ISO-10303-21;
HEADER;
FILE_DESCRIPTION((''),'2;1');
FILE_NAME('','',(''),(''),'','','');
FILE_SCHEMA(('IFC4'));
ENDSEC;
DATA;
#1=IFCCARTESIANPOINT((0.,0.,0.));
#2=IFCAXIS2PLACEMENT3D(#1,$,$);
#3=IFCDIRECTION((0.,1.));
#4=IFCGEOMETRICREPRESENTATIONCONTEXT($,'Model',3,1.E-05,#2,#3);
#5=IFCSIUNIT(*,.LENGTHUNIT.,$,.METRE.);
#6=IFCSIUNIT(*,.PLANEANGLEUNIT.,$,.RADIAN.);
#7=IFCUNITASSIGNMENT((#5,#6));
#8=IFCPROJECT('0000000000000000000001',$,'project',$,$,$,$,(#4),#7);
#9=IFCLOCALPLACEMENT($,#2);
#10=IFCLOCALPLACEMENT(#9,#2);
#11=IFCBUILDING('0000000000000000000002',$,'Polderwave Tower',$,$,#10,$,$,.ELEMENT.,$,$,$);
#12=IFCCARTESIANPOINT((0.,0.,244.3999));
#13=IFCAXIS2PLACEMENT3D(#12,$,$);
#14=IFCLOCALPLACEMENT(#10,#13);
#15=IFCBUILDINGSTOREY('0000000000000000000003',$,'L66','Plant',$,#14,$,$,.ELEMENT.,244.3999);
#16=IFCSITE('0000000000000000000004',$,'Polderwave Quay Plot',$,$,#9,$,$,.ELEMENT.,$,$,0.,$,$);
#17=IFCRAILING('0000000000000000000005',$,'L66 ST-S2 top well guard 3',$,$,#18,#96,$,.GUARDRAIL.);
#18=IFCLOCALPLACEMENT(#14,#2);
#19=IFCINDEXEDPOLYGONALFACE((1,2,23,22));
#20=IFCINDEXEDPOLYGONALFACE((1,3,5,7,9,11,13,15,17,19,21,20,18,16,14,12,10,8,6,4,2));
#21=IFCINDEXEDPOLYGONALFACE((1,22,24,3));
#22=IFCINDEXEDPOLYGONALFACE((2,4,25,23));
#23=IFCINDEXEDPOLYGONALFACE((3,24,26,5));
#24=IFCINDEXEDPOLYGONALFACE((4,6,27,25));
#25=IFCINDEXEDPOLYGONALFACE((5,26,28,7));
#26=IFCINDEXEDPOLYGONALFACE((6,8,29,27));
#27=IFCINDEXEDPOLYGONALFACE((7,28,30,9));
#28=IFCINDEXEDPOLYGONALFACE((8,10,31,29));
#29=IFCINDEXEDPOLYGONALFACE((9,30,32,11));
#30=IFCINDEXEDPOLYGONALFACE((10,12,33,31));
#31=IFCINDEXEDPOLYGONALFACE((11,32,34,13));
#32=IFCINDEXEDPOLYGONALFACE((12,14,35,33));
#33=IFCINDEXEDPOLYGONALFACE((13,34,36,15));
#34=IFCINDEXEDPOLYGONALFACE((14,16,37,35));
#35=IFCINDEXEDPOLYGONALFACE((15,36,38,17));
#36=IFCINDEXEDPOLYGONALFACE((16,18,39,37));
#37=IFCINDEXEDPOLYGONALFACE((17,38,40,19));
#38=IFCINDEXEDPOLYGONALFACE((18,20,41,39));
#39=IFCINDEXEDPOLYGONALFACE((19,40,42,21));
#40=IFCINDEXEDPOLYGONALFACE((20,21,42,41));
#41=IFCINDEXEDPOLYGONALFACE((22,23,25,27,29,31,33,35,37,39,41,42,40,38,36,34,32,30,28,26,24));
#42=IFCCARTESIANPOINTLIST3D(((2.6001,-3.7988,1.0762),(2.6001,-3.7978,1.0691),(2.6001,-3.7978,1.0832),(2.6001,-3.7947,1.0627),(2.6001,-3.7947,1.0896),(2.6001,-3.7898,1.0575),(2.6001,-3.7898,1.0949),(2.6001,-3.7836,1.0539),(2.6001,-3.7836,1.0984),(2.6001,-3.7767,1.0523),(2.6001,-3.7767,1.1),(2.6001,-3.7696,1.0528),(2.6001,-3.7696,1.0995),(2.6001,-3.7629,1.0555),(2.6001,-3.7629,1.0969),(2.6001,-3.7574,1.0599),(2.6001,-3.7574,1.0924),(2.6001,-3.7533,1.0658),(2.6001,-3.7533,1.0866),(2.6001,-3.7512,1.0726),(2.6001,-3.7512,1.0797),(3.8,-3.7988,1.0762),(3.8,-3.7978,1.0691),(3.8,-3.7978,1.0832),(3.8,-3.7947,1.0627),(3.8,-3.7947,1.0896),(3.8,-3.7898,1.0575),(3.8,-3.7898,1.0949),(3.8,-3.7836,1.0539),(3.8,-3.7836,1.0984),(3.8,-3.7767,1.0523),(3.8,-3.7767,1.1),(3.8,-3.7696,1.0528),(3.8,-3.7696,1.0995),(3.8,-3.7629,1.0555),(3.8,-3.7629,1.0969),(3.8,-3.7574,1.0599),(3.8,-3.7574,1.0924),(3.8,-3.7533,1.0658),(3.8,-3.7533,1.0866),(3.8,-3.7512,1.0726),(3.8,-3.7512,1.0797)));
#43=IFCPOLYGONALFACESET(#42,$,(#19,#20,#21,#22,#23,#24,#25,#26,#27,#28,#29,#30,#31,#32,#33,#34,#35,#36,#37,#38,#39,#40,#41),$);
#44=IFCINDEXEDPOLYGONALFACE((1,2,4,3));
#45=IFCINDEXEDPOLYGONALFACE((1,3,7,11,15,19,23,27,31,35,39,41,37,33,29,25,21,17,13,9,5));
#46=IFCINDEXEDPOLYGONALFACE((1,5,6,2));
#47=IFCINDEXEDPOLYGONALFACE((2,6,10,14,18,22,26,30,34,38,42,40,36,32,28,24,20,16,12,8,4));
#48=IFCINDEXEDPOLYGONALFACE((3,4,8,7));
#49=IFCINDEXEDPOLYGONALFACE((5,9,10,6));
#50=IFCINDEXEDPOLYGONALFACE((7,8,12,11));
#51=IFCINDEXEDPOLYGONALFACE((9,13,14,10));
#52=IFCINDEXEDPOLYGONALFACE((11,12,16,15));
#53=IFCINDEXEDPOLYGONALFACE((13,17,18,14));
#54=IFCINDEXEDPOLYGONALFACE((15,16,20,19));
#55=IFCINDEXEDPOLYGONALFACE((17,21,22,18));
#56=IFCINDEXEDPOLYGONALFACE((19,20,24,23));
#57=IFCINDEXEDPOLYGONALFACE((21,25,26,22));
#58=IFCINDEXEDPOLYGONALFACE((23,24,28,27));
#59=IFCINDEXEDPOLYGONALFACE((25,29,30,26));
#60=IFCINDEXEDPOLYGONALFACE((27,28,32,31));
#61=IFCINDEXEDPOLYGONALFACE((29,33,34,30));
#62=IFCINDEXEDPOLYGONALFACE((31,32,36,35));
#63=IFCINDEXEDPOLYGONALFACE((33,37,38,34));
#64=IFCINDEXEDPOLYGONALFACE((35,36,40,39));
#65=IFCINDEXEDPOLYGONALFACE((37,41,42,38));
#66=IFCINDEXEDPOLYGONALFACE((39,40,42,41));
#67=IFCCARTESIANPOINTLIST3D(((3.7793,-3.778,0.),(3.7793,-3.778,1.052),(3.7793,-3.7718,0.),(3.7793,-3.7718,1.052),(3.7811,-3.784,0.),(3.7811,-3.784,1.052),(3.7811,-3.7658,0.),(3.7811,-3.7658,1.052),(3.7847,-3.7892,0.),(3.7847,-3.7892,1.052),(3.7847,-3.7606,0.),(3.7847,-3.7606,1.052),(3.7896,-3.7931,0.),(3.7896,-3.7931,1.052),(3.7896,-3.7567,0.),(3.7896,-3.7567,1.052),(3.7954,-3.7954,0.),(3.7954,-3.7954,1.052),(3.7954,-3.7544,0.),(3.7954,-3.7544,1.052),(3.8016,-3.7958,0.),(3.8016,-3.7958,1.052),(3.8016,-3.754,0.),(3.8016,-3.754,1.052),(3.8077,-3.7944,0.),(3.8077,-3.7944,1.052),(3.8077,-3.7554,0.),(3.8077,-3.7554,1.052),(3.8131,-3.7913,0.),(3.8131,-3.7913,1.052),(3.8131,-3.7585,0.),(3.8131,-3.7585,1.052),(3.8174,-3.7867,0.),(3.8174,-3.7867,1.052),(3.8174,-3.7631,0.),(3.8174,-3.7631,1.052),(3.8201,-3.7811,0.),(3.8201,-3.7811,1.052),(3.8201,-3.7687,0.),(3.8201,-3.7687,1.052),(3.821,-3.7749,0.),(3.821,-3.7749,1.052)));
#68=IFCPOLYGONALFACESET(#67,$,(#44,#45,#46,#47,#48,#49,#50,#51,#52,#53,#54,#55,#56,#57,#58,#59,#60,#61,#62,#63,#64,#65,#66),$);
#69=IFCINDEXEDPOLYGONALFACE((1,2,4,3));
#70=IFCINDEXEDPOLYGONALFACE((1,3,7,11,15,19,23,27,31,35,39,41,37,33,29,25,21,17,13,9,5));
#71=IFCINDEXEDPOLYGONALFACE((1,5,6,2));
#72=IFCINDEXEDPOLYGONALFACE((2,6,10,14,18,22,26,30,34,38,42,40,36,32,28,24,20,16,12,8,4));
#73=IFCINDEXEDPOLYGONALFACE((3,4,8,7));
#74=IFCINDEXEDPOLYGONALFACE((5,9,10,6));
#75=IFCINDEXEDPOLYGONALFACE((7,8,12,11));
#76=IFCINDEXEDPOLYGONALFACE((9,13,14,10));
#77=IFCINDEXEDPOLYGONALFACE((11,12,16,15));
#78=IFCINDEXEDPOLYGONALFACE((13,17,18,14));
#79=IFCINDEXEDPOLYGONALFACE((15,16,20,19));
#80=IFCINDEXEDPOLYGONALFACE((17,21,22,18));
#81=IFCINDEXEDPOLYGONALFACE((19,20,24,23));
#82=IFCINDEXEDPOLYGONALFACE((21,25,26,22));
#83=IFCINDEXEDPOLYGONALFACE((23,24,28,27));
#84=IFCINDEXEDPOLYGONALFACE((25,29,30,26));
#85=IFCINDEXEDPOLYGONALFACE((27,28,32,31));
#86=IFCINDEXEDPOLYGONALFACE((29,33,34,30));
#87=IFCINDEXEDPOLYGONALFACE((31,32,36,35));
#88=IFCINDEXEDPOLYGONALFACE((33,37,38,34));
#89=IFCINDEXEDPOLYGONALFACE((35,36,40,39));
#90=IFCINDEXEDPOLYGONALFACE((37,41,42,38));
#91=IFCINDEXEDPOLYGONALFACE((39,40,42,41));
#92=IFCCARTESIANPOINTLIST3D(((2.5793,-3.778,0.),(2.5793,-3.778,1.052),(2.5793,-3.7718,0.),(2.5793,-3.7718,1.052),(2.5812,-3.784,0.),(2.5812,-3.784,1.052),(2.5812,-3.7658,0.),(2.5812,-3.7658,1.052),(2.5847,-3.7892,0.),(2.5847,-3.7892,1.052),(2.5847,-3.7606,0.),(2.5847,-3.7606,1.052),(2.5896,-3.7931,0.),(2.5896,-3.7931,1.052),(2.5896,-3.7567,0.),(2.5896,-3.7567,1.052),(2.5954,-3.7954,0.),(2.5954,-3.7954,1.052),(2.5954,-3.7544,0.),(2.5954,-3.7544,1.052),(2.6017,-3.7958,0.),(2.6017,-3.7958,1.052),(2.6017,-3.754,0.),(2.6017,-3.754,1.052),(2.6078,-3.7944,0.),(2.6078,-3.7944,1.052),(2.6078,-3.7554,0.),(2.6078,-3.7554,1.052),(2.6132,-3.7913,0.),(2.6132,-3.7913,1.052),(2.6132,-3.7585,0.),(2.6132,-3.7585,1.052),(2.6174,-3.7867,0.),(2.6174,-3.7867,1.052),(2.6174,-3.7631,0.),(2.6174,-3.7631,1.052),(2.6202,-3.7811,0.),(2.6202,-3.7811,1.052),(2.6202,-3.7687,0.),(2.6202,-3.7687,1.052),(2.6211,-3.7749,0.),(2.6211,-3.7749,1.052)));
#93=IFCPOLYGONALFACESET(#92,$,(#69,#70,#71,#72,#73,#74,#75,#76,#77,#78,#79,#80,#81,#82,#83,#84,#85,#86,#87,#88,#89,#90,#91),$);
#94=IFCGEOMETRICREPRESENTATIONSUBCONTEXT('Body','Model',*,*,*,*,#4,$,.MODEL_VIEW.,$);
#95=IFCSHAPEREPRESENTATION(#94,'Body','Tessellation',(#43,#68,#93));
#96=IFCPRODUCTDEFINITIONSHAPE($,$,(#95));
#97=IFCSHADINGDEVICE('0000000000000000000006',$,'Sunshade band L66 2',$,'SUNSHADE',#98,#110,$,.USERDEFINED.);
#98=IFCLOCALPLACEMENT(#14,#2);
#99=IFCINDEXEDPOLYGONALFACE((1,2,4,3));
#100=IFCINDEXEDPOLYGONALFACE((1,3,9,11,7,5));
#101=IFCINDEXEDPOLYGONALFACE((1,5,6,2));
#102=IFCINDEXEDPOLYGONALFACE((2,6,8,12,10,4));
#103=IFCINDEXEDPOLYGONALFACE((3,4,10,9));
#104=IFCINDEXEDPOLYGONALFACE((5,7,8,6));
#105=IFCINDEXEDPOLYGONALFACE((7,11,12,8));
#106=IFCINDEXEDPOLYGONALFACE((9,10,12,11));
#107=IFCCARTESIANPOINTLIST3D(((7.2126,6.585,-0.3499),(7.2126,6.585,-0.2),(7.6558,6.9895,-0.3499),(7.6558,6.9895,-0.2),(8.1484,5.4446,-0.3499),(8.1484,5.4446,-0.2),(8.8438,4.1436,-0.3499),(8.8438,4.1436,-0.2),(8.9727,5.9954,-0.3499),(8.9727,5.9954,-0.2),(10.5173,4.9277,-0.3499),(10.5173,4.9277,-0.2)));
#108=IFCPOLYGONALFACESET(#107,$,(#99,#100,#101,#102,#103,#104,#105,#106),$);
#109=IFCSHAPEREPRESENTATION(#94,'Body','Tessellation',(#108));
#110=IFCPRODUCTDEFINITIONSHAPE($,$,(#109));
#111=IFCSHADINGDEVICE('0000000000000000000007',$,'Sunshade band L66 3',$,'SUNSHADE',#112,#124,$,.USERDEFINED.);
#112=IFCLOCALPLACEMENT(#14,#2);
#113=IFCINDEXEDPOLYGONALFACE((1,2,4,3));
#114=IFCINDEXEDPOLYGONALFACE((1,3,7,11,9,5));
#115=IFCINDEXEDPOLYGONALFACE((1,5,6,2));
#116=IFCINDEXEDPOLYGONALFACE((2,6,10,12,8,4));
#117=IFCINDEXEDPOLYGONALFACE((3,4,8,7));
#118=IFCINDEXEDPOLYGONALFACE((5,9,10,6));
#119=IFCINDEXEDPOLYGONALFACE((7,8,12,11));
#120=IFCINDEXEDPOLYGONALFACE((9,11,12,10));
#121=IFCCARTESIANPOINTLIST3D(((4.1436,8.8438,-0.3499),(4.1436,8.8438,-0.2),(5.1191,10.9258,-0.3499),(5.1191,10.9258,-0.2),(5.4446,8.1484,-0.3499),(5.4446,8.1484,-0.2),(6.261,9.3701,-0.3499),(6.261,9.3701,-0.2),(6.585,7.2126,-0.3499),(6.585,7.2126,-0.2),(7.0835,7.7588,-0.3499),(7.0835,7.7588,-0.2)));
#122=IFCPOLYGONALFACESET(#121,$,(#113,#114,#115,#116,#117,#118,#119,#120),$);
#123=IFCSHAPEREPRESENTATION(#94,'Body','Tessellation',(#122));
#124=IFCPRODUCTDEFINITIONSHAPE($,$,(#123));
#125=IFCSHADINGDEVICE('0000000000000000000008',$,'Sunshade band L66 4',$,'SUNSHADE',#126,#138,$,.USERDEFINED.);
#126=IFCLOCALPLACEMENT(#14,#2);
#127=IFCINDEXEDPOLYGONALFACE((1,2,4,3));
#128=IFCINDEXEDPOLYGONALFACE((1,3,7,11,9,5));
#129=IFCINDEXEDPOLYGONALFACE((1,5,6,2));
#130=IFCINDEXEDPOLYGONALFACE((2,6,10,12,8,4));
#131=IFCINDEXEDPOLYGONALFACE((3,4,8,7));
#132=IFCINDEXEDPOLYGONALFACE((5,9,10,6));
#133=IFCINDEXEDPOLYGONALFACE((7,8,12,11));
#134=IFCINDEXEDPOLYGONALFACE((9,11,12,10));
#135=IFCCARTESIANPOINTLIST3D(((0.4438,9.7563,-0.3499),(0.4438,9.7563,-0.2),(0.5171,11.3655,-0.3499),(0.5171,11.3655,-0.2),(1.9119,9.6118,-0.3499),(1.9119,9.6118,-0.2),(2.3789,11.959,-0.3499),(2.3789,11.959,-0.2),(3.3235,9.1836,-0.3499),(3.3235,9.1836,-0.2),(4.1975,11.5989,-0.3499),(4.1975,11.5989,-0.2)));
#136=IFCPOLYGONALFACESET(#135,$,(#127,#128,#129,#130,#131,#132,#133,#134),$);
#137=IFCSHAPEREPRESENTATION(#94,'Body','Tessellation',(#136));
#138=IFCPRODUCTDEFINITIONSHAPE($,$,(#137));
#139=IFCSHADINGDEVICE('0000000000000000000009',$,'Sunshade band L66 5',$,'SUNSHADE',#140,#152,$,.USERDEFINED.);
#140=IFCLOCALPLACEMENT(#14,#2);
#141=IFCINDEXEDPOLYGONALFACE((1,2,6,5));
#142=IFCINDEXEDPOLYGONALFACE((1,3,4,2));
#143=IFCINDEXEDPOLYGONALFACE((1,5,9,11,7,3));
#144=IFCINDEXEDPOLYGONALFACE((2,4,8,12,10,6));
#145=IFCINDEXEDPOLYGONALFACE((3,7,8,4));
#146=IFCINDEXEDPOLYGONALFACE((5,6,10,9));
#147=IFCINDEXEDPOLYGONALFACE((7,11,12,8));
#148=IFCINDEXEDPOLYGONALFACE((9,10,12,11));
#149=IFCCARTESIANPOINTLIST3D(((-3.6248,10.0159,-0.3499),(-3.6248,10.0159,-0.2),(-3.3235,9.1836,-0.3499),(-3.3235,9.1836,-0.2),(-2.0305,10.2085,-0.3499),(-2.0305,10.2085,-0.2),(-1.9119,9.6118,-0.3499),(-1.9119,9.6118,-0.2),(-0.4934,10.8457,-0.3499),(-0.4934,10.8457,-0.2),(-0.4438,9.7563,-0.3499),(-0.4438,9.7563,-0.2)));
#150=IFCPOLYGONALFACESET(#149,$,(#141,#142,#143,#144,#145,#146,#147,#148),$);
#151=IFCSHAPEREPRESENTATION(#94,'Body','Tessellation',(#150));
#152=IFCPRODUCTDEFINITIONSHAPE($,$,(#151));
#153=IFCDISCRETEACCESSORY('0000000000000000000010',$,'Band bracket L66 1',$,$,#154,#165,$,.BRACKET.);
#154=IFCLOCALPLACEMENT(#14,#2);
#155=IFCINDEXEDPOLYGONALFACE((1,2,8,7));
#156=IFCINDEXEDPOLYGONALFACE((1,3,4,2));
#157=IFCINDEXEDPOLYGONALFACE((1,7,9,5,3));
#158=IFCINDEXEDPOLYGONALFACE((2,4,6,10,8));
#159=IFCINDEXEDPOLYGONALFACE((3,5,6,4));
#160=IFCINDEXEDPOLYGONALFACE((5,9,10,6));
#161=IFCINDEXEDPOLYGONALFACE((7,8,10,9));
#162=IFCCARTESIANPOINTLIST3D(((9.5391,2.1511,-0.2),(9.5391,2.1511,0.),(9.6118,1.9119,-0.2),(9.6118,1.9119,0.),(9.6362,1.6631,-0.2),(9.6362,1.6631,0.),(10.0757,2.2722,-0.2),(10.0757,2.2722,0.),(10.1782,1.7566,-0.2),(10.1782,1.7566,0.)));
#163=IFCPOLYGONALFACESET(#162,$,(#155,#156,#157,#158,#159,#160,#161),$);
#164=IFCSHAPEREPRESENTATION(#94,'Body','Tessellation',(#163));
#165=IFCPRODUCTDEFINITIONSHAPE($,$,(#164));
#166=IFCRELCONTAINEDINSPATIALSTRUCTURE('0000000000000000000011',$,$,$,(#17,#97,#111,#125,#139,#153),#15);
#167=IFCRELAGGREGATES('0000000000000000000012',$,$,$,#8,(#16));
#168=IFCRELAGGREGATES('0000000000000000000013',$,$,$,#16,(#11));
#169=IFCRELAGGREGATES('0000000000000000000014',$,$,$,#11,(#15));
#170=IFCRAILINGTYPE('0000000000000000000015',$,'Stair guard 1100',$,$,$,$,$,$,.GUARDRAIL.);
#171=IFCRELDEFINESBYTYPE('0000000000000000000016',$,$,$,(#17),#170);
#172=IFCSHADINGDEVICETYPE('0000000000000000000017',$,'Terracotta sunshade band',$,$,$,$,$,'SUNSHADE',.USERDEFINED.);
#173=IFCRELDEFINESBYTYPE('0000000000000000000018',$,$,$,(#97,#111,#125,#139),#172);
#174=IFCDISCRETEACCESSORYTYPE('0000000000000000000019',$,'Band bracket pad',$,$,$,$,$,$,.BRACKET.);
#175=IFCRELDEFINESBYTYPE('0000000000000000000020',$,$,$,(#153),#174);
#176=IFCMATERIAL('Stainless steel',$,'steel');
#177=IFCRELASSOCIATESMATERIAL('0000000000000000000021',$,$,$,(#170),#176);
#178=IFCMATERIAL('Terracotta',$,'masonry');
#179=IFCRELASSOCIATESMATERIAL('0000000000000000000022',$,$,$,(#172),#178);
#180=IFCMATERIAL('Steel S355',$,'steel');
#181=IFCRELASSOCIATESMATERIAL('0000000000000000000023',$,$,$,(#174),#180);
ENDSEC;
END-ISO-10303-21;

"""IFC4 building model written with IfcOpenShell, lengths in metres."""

from ifc_helpers import new_model, si_unit, direction, frame, origin, origin_2d, place, context, subcontext, project, spatial, polyline, circle, outline, extrude, material, type_object, element, save


model = new_model("IFC4")

# Units and contexts
model_context = context("Model", 3, precision=1e-05, world=origin(), true_north=direction((0.0, 1.0)))
body_context = subcontext(model_context, "Body", "Model", "MODEL_VIEW")
ifc_project = project(units=[si_unit("LENGTHUNIT", "METRE"), si_unit("PLANEANGLEUNIT", "RADIAN")], contexts=[model_context])

# Site, building, storey
site_placement = place(None, origin())
site = spatial("IfcSite", under=ifc_project, at=site_placement, Name="Polderwave Quay Plot", CompositionType="ELEMENT", RefElevation=0.0)
building_placement = place(site_placement, origin())
building = spatial("IfcBuilding", under=site, at=building_placement, Name="Polderwave Tower", CompositionType="ELEMENT")
storey_placement = place(building_placement, frame((0.0, 0.0, 244.3999)))
storey = spatial("IfcBuildingStorey", under=building, at=storey_placement, Name="L66", Description="Plant", CompositionType="ELEMENT", Elevation=244.3999)

# Railing
ifc_material_1 = material(Name="Stainless steel", Category="steel")
railing_type = type_object("IfcRailingType", Name="Stair guard 1100", PredefinedType="GUARDRAIL", material=ifc_material_1)
railing_1_placement = place(storey_placement, frame((3.8, -3.7749, 0.0)))
element("IfcRailing", 1, at=railing_1_placement, inside=storey, type_object=railing_type, Name="L66 ST-S2 top well guard 3", PredefinedType="GUARDRAIL", context=body_context, shape_type="SweptSolid", body=[
    extrude(circle(Radius=0.0239, at=origin_2d()), frame((0.0, 0.0, 1.0762), z_axis=(-1.0, 0.0, 0.0), x_axis=(0.0, -1.0, 0.0)), (0.0, 0.0, 1.0), 1.2),
    extrude(circle(Radius=0.021, at=origin_2d()), origin(), (0.0, 0.0, 1.0), 1.052),
    extrude(circle(Radius=0.021, at=origin_2d()), frame((-1.2, 0.0, 0.0)), (0.0, 0.0, 1.0), 1.052),
])

# Shading devices
ifc_material_2 = material(Name="Terracotta", Category="masonry")
shading_device_type = type_object("IfcShadingDeviceType", Name="Terracotta sunshade band", ElementType="SUNSHADE", PredefinedType="USERDEFINED", material=ifc_material_2)
shading_device_1_placement = place(storey_placement, frame((0.0, 0.0, -0.3499)))
element("IfcShadingDevice", 2, at=shading_device_1_placement, inside=storey, type_object=shading_device_type, Name="Sunshade band L66 2", ObjectType="SUNSHADE", PredefinedType="USERDEFINED", context=body_context, shape_type="SweptSolid", body=[
    extrude(outline(polyline([(8.8438, 4.1436), (8.1484, 5.4446), (7.2126, 6.585), (7.6558, 6.9895), (8.9727, 5.9954), (10.5173, 4.9277), (8.8438, 4.1436)])), origin(), (0.0, 0.0, 1.0), 0.1499),
])
shading_device_2_placement = place(storey_placement, frame((0.0, 0.0, -0.3499)))
element("IfcShadingDevice", 3, at=shading_device_2_placement, inside=storey, type_object=shading_device_type, Name="Sunshade band L66 3", ObjectType="SUNSHADE", PredefinedType="USERDEFINED", context=body_context, shape_type="SweptSolid", body=[
    extrude(outline(polyline([(6.585, 7.2126), (5.4446, 8.1484), (4.1436, 8.8438), (5.1191, 10.9258), (6.261, 9.3701), (7.0835, 7.7588), (6.585, 7.2126)])), origin(), (0.0, 0.0, 1.0), 0.1499),
])
shading_device_3_placement = place(storey_placement, frame((0.0, 0.0, -0.3499)))
element("IfcShadingDevice", 4, at=shading_device_3_placement, inside=storey, type_object=shading_device_type, Name="Sunshade band L66 4", ObjectType="SUNSHADE", PredefinedType="USERDEFINED", context=body_context, shape_type="SweptSolid", body=[
    extrude(outline(polyline([(3.3235, 9.1836), (1.9119, 9.6118), (0.4438, 9.7563), (0.5171, 11.3655), (2.3789, 11.959), (4.1975, 11.5989), (3.3235, 9.1836)])), origin(), (0.0, 0.0, 1.0), 0.1499),
])
shading_device_4_placement = place(storey_placement, frame((0.0, 0.0, -0.3499)))
element("IfcShadingDevice", 5, at=shading_device_4_placement, inside=storey, type_object=shading_device_type, Name="Sunshade band L66 5", ObjectType="SUNSHADE", PredefinedType="USERDEFINED", context=body_context, shape_type="SweptSolid", body=[
    extrude(outline(polyline([(-0.4438, 9.7563), (-1.9119, 9.6118), (-3.3235, 9.1836), (-3.6248, 10.0159), (-2.0305, 10.2085), (-0.4934, 10.8457), (-0.4438, 9.7563)])), origin(), (0.0, 0.0, 1.0), 0.1499),
])

# Discrete accessory
ifc_material_3 = material(Name="Steel S355", Category="steel")
discrete_accessory_type = type_object("IfcDiscreteAccessoryType", Name="Band bracket pad", PredefinedType="BRACKET", material=ifc_material_3)
discrete_accessory_placement = place(storey_placement, frame((0.0, 0.0, -0.2)))
element("IfcDiscreteAccessory", 6, at=discrete_accessory_placement, inside=storey, type_object=discrete_accessory_type, Name="Band bracket L66 1", PredefinedType="BRACKET", context=body_context, shape_type="SweptSolid", body=[
    extrude(outline(polyline([(9.6362, 1.6631), (9.6118, 1.9119), (9.5391, 2.1511), (10.0757, 2.2722), (10.1782, 1.7566), (9.6362, 1.6631)])), origin(), (0.0, 0.0, 1.0), 0.2),
])

save(model, "model.ifc")
